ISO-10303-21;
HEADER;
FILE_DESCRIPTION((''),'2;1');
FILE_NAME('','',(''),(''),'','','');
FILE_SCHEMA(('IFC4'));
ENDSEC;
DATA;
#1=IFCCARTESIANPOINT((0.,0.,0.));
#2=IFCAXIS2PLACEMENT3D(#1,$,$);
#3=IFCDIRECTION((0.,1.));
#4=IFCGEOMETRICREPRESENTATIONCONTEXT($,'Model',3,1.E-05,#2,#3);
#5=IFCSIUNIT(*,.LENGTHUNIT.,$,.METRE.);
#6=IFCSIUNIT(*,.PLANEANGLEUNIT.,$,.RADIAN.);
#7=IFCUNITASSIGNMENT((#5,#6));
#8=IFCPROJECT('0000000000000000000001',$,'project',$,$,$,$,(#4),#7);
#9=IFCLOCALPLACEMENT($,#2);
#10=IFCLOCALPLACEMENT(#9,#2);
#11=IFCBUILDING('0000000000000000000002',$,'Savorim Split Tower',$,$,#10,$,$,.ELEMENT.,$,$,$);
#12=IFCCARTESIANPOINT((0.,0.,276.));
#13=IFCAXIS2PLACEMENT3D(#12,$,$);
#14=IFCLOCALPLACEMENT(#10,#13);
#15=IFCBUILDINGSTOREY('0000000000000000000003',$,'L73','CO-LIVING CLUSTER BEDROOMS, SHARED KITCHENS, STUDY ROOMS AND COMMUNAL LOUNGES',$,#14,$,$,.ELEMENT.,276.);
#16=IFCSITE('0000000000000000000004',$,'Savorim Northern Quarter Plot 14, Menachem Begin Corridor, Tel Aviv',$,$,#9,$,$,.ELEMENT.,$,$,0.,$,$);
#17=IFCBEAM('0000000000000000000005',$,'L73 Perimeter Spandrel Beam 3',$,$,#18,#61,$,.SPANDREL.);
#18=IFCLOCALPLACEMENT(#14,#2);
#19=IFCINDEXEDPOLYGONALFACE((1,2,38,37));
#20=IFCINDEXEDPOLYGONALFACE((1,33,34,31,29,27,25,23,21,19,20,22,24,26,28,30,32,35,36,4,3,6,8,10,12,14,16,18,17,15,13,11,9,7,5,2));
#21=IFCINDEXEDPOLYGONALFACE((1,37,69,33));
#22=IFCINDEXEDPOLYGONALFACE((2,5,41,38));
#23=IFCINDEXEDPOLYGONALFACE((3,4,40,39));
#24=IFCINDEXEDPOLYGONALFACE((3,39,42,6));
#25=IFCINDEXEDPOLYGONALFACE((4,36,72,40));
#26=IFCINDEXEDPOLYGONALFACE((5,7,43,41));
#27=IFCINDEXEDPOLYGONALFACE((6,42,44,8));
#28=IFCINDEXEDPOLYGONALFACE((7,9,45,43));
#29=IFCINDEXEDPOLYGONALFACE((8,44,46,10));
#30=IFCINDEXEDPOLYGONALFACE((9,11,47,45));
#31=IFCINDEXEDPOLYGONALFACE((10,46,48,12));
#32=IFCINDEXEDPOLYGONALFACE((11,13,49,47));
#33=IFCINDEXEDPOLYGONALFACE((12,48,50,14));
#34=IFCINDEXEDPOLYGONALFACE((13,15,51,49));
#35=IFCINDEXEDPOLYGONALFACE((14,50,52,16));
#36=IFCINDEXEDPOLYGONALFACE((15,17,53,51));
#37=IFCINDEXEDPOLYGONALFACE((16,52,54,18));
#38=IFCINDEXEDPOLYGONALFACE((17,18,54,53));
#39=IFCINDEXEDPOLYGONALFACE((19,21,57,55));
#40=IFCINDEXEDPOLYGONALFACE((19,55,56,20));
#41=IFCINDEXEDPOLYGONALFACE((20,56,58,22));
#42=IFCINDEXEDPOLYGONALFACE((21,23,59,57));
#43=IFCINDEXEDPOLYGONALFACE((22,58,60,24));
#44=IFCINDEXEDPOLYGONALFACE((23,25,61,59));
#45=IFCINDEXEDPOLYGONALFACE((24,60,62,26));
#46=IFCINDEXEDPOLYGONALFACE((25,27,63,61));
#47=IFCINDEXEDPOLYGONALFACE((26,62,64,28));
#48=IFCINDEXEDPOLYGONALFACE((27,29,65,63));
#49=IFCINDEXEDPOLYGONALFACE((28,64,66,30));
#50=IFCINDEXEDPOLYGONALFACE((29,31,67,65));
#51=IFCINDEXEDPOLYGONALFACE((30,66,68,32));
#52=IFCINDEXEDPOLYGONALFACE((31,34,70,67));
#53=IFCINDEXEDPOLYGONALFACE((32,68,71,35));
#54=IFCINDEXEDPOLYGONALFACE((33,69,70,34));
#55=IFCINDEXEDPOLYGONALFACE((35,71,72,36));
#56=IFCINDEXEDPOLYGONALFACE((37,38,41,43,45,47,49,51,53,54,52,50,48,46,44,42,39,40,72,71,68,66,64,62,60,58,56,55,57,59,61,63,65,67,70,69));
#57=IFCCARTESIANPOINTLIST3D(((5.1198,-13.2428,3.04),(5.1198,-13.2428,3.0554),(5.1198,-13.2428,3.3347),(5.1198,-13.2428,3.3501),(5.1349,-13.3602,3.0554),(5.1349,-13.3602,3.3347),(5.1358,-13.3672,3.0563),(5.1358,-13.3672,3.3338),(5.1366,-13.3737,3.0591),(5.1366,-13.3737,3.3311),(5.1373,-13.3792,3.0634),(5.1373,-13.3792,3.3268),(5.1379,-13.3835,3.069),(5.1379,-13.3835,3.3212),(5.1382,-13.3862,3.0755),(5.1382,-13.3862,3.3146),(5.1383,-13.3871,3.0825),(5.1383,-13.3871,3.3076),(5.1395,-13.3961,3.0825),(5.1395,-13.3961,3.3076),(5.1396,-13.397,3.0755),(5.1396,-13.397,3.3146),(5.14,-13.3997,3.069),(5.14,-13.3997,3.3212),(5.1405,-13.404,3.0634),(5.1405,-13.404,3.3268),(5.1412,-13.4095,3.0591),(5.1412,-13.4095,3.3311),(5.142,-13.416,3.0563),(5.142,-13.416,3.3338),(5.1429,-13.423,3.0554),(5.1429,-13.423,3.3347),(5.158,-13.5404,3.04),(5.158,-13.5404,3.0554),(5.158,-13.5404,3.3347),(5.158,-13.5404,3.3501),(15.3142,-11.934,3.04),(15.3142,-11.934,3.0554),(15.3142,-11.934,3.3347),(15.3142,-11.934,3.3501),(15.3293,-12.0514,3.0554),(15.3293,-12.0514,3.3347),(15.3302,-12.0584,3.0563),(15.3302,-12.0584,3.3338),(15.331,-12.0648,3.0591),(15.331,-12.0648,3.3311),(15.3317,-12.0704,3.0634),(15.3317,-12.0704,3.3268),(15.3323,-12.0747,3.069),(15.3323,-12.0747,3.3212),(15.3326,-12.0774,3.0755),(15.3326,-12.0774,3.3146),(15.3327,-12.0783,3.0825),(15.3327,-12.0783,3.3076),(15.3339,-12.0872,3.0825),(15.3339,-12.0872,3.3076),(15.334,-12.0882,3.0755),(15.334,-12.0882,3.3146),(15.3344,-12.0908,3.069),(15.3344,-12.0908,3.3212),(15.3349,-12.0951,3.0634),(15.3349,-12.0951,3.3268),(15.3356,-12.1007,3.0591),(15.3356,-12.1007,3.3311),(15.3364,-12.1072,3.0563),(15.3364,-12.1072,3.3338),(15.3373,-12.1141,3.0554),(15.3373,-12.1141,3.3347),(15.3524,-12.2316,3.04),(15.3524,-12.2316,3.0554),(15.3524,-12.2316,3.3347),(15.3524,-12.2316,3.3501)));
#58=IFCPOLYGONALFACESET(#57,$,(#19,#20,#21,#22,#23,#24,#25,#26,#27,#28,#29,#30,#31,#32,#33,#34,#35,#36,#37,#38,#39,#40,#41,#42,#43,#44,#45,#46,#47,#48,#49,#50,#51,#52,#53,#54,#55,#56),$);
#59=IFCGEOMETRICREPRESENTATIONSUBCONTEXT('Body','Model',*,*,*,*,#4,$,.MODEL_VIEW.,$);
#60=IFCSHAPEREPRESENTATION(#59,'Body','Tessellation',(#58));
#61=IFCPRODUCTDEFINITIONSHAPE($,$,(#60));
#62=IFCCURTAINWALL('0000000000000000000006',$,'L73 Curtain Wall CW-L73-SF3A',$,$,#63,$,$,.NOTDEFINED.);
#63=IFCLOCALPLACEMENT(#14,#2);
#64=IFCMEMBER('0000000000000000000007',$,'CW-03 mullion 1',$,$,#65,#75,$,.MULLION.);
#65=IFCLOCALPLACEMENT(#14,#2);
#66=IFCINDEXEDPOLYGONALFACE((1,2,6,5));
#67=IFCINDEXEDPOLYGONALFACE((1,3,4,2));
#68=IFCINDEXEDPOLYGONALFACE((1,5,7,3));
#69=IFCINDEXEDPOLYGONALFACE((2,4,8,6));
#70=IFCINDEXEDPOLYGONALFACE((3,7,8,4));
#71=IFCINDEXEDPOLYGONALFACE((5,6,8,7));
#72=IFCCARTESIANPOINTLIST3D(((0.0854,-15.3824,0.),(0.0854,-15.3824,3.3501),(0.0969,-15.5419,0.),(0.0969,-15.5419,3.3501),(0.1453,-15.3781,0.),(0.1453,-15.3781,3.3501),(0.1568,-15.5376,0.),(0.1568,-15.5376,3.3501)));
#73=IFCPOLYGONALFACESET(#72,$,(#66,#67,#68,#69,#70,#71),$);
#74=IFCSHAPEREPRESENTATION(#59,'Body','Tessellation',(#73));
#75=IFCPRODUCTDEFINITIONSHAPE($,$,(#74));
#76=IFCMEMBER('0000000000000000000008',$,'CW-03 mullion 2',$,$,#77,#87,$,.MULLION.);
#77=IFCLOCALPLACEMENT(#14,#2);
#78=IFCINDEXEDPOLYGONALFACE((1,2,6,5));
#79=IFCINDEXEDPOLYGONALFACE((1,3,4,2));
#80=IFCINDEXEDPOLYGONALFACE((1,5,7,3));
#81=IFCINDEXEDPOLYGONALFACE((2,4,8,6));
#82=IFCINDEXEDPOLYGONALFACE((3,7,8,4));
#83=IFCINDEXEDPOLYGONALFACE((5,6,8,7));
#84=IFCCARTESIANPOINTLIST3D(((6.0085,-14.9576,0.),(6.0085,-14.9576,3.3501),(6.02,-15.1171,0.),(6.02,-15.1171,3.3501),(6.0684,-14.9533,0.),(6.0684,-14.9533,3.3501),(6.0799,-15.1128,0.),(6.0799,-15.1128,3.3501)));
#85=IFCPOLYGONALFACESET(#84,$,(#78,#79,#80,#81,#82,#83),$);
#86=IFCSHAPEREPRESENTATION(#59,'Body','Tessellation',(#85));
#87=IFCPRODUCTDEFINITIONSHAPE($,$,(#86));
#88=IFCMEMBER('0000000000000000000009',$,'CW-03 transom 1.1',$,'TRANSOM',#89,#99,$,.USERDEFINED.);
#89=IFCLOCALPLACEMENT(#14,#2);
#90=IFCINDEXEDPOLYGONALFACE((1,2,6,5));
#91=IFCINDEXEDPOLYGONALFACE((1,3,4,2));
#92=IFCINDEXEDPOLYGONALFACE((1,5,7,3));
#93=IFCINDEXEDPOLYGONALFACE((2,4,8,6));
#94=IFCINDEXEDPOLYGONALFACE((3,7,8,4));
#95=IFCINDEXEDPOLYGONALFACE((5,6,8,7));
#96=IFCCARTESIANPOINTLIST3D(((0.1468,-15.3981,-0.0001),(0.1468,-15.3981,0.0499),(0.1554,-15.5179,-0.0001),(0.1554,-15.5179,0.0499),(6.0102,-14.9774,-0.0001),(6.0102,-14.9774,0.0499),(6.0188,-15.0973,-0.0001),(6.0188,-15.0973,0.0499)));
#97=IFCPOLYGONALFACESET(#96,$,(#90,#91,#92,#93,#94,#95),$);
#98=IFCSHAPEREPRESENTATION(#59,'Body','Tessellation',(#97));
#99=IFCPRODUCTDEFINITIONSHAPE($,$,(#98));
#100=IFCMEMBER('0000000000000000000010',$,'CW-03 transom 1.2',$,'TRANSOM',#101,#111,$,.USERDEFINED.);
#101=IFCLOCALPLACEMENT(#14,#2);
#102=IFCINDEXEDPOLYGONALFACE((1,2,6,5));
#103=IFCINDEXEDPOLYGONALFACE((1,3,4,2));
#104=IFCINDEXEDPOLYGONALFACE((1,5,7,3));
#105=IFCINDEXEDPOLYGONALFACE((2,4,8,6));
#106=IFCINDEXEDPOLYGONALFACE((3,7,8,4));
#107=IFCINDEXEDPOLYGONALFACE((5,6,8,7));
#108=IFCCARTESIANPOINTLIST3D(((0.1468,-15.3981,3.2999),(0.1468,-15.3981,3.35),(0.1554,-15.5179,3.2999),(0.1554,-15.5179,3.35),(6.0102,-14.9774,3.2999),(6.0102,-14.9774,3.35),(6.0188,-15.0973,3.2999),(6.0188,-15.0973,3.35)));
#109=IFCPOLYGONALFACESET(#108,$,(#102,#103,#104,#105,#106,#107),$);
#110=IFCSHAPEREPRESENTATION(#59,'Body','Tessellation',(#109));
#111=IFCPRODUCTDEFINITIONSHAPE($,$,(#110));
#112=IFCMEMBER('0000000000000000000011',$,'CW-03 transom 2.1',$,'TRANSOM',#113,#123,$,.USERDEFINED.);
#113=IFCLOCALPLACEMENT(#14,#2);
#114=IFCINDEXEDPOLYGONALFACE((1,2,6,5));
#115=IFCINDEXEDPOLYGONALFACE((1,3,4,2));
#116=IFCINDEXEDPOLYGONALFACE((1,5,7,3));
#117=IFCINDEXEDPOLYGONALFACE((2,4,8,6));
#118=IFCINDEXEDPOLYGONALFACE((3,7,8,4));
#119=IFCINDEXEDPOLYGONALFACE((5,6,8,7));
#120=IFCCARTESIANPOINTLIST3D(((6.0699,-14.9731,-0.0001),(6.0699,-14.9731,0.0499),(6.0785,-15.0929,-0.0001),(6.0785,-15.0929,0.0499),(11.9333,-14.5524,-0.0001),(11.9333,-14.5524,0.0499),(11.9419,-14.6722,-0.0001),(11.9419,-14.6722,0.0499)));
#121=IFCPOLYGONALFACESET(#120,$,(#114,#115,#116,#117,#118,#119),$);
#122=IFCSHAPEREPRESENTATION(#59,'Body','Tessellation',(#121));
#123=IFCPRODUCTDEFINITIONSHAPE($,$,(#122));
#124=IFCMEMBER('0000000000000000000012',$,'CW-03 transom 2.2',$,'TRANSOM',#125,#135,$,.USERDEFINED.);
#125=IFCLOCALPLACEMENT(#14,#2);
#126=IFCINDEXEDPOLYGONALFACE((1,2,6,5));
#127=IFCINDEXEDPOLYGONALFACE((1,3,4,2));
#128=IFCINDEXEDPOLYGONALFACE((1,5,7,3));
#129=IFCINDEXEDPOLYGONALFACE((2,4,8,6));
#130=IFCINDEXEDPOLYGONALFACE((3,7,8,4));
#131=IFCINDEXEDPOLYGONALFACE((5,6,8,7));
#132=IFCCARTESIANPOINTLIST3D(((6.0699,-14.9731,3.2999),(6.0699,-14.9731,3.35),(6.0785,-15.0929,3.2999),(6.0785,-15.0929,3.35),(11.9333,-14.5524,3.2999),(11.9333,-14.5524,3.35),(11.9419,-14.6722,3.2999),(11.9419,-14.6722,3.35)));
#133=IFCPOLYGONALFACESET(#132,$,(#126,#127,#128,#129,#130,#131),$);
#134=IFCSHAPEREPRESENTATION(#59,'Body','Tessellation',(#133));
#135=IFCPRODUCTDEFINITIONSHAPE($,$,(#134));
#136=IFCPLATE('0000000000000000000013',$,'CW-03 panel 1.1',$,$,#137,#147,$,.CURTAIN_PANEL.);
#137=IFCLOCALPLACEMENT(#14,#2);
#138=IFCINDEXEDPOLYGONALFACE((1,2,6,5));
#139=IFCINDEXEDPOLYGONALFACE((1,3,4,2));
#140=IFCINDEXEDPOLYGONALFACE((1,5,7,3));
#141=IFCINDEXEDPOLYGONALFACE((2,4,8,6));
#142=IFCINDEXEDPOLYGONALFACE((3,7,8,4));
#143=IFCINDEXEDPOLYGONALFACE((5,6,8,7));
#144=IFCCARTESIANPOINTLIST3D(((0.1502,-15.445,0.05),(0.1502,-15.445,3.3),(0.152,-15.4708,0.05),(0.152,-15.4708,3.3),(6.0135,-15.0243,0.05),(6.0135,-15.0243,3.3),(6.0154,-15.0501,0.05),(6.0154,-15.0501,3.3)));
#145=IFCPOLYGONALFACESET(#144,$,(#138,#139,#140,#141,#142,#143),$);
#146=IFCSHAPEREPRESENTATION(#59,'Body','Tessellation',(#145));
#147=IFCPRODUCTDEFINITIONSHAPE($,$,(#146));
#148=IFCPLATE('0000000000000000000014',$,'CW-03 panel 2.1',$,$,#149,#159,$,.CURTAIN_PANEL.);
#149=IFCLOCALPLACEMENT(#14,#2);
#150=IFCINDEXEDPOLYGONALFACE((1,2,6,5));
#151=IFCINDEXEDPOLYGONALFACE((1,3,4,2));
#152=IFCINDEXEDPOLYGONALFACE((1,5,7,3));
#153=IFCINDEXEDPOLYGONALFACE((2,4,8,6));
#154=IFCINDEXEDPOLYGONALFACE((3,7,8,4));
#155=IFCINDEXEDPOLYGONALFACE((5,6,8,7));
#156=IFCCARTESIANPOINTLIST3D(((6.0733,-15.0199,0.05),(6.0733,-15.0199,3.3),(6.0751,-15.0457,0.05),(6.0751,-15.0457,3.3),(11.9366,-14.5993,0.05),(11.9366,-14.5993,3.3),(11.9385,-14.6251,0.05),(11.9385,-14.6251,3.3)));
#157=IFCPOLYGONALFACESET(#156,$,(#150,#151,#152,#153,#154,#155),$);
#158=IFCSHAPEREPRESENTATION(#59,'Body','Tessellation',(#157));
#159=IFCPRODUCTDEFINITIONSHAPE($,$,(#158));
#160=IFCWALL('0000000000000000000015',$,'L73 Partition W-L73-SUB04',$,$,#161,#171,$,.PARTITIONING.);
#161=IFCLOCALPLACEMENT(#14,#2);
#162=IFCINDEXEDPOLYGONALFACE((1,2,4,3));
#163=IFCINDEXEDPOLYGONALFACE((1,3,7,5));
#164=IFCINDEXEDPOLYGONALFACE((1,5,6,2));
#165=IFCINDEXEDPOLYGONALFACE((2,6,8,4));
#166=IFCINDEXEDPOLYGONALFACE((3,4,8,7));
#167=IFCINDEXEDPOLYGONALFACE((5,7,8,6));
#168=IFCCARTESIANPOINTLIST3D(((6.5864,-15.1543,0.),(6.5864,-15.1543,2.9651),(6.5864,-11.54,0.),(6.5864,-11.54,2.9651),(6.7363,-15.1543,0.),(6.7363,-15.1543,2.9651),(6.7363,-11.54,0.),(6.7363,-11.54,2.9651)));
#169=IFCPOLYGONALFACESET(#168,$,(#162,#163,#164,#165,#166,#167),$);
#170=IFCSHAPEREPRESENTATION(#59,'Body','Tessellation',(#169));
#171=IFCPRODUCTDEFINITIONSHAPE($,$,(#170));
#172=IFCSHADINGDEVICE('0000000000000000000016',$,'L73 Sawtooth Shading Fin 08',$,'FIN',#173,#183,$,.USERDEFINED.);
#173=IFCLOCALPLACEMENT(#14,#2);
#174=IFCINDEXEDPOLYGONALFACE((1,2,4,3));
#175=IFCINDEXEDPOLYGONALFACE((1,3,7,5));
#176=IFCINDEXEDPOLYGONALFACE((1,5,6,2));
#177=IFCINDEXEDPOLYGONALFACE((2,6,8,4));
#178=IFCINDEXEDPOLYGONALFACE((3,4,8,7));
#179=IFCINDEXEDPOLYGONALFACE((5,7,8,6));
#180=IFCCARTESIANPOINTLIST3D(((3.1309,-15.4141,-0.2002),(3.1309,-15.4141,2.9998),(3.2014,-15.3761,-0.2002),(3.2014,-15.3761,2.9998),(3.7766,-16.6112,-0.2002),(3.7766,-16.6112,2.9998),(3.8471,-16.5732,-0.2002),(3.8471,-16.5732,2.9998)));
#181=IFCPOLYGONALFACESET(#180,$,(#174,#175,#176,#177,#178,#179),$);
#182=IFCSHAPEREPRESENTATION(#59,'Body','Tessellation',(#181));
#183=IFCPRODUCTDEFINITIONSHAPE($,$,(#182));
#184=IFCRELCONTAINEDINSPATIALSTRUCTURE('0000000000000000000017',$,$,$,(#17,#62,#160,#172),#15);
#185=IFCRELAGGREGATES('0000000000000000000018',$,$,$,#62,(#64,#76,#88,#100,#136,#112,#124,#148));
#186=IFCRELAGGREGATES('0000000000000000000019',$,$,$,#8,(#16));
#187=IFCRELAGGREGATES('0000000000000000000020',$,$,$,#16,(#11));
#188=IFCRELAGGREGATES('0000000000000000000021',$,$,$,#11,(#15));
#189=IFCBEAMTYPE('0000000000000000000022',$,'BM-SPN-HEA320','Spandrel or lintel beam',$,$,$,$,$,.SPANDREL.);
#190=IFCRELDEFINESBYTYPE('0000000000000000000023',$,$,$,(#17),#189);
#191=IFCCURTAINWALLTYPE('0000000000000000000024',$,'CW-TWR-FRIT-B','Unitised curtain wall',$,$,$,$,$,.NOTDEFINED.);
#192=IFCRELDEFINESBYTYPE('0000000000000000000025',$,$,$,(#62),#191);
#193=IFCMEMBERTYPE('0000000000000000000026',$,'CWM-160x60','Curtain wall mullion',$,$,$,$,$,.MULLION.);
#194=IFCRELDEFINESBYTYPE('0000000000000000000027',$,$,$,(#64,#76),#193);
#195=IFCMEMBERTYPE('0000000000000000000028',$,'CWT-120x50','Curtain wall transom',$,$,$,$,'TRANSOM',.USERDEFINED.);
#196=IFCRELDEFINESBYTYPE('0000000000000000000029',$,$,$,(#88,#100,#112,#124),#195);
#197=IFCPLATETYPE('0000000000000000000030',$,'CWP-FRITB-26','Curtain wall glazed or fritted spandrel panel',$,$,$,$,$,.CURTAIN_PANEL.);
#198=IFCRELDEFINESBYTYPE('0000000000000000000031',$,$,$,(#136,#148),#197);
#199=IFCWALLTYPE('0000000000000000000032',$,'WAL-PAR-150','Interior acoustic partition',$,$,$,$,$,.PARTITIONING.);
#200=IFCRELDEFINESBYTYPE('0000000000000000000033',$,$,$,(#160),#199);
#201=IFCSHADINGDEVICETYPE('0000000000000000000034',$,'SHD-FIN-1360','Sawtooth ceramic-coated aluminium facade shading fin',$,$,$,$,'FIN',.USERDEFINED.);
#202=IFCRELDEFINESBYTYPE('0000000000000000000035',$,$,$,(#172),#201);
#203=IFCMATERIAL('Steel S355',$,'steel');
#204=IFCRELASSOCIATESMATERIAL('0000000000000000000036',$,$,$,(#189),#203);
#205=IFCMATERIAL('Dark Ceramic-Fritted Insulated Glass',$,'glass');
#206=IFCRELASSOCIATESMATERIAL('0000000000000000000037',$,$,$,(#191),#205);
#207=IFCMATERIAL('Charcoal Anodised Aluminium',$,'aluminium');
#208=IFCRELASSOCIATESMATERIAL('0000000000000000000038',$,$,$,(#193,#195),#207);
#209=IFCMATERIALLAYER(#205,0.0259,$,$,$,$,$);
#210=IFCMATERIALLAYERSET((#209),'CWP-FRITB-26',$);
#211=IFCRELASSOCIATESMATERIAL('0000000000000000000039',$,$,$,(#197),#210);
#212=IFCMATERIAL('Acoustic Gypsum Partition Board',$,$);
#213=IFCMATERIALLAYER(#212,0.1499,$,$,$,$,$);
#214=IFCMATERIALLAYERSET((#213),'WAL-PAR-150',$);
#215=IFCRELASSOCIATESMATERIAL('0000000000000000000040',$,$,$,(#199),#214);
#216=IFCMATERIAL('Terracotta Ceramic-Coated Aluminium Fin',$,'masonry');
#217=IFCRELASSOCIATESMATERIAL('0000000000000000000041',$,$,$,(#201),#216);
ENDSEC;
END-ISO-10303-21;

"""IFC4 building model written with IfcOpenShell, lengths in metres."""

from ifc_helpers import new_model, si_unit, direction, frame, frame_2d, origin, origin_2d, place, context, subcontext, project, spatial, rectangle, i_section, extrude, material, layer, layer_set, material_profile, profile_set, type_object, element, aggregate, save


model = new_model("IFC4")

# Units and contexts
model_context = context("Model", 3, precision=1e-05, world=origin(), true_north=direction((0.0, 1.0)))
body_context = subcontext(model_context, "Body", "Model", "MODEL_VIEW")
ifc_project = project(units=[si_unit("LENGTHUNIT", "METRE"), si_unit("PLANEANGLEUNIT", "RADIAN")], contexts=[model_context])

# Site, building, storey
site_placement = place(None, origin())
site = spatial("IfcSite", under=ifc_project, at=site_placement, Name="Savorim Northern Quarter Plot 14, Menachem Begin Corridor, Tel Aviv", CompositionType="ELEMENT", RefElevation=0.0)
building_placement = place(site_placement, origin())
building = spatial("IfcBuilding", under=site, at=building_placement, Name="Savorim Split Tower", CompositionType="ELEMENT")
storey_placement = place(building_placement, frame((0.0, 0.0, 276.0)))
storey = spatial("IfcBuildingStorey", under=building, at=storey_placement, Name="L73", Description="CO-LIVING CLUSTER BEDROOMS, SHARED KITCHENS, STUDY ROOMS AND COMMUNAL LOUNGES", CompositionType="ELEMENT", Elevation=276.0)

# Shared definitions
ifc_material_1 = material(Name="Steel S355", Category="steel")

# Beam
ifc_material_profile_1 = material_profile(ifc_material_1, i_section(OverallWidth=0.3, OverallDepth=0.3101, WebThickness=0.009, FlangeThickness=0.0154, FilletRadius=0.0271, at=origin_2d()), Name="HEA 320")
ifc_profile_set_1 = profile_set([ifc_material_profile_1], Name="Steel S355")
beam_type_1 = type_object("IfcBeamType", Name="BM-SPN-HEA320", Description="Spandrel or lintel beam", PredefinedType="SPANDREL", material=ifc_profile_set_1)
beam_1_placement = place(storey_placement, frame((5.1389, -13.3916, 3.1951), z_axis=(0.991859, 0.127343, 0.0), x_axis=(-0.127343, 0.991859, 0.0)))
element("IfcBeam", 1, at=beam_1_placement, inside=storey, type_object=beam_type_1, Name="L73 Perimeter Spandrel Beam 3", PredefinedType="SPANDREL", context=body_context, shape_type="SweptSolid", body=[
    extrude(i_section(OverallWidth=0.3, OverallDepth=0.3101, WebThickness=0.009, FlangeThickness=0.0154, FilletRadius=0.0271, at=origin_2d()), origin(), (0.0, 0.0, 1.0), 10.2781),
])

# Curtain wall, members, plates
ifc_material_2 = material(Name="Dark Ceramic-Fritted Insulated Glass", Category="glass")
curtain_wall_type = type_object("IfcCurtainWallType", Name="CW-TWR-FRIT-B", Description="Unitised curtain wall", PredefinedType="NOTDEFINED", material=ifc_material_2)
curtain_wall_placement = place(storey_placement, origin())
curtain_wall = element("IfcCurtainWall", 2, at=curtain_wall_placement, inside=storey, type_object=curtain_wall_type, Name="L73 Curtain Wall CW-L73-SF3A", PredefinedType="NOTDEFINED")
ifc_material_3 = material(Name="Charcoal Anodised Aluminium", Category="aluminium")
ifc_material_profile_2 = material_profile(ifc_material_3, rectangle(XDim=0.1599, YDim=0.0601, at=origin_2d()), Name="ALU-M 160x60")
ifc_profile_set_2 = profile_set([ifc_material_profile_2], Name="Charcoal Anodised Aluminium")
member_type_1 = type_object("IfcMemberType", Name="CWM-160x60", Description="Curtain wall mullion", PredefinedType="MULLION", material=ifc_profile_set_2)
member_1_placement = place(storey_placement, frame((0.1211, -15.46, 0.0), z_axis=(0.0, 0.0, 1.0), x_axis=(-0.07156, 0.997436, 0.0)))
member_1 = element("IfcMember", 3, at=member_1_placement, type_object=member_type_1, Name="CW-03 mullion 1", PredefinedType="MULLION", context=body_context, shape_type="SweptSolid", body=[
    extrude(rectangle(XDim=0.1599, YDim=0.0601, at=origin_2d()), origin(), (0.0, 0.0, 1.0), 3.3501),
])
member_2_placement = place(storey_placement, frame((6.0442, -15.0352, 0.0), z_axis=(0.0, 0.0, 1.0), x_axis=(-0.07156, 0.997436, 0.0)))
member_2 = element("IfcMember", 4, at=member_2_placement, type_object=member_type_1, Name="CW-03 mullion 2", PredefinedType="MULLION", context=body_context, shape_type="SweptSolid", body=[
    extrude(rectangle(XDim=0.1599, YDim=0.0601, at=origin_2d()), origin(), (0.0, 0.0, 1.0), 3.3501),
])
ifc_material_profile_3 = material_profile(ifc_material_3, rectangle(XDim=0.1201, YDim=0.05, at=origin_2d()), Name="ALU-T 120x50")
ifc_profile_set_3 = profile_set([ifc_material_profile_3], Name="Charcoal Anodised Aluminium")
member_type_2 = type_object("IfcMemberType", Name="CWT-120x50", Description="Curtain wall transom", ElementType="TRANSOM", PredefinedType="USERDEFINED", material=ifc_profile_set_3)
member_3_placement = place(storey_placement, frame((0.1511, -15.458, 0.0249), z_axis=(0.997436, 0.07156, 0.0), x_axis=(-0.07156, 0.997436, 0.0)))
member_3 = element("IfcMember", 5, at=member_3_placement, type_object=member_type_2, Name="CW-03 transom 1.1", ObjectType="TRANSOM", PredefinedType="USERDEFINED", context=body_context, shape_type="SweptSolid", body=[
    extrude(rectangle(XDim=0.1201, YDim=0.05, at=origin_2d()), origin(), (0.0, 0.0, 1.0), 5.8784),
])
member_4_placement = place(storey_placement, frame((0.1511, -15.458, 3.325), z_axis=(0.997436, 0.07156, 0.0), x_axis=(-0.07156, 0.997436, 0.0)))
member_4 = element("IfcMember", 6, at=member_4_placement, type_object=member_type_2, Name="CW-03 transom 1.2", ObjectType="TRANSOM", PredefinedType="USERDEFINED", context=body_context, shape_type="SweptSolid", body=[
    extrude(rectangle(XDim=0.1201, YDim=0.05, at=origin_2d()), origin(), (0.0, 0.0, 1.0), 5.8784),
])
member_5_placement = place(storey_placement, frame((6.0742, -15.033, 0.0249), z_axis=(0.997436, 0.07156, 0.0), x_axis=(-0.07156, 0.997436, 0.0)))
member_5 = element("IfcMember", 7, at=member_5_placement, type_object=member_type_2, Name="CW-03 transom 2.1", ObjectType="TRANSOM", PredefinedType="USERDEFINED", context=body_context, shape_type="SweptSolid", body=[
    extrude(rectangle(XDim=0.1201, YDim=0.05, at=origin_2d()), origin(), (0.0, 0.0, 1.0), 5.8784),
])
member_6_placement = place(storey_placement, frame((6.0742, -15.033, 3.325), z_axis=(0.997436, 0.07156, 0.0), x_axis=(-0.07156, 0.997436, 0.0)))
member_6 = element("IfcMember", 8, at=member_6_placement, type_object=member_type_2, Name="CW-03 transom 2.2", ObjectType="TRANSOM", PredefinedType="USERDEFINED", context=body_context, shape_type="SweptSolid", body=[
    extrude(rectangle(XDim=0.1201, YDim=0.05, at=origin_2d()), origin(), (0.0, 0.0, 1.0), 5.8784),
])
ifc_layer_1 = layer(ifc_material_2, 0.0259)
ifc_layer_set_1 = layer_set([ifc_layer_1], Name="CWP-FRITB-26")
plate_type = type_object("IfcPlateType", Name="CWP-FRITB-26", Description="Curtain wall glazed or fritted spandrel panel", PredefinedType="CURTAIN_PANEL", material=ifc_layer_set_1)
plate_1_placement = place(storey_placement, frame((3.0828, -15.2476, 0.05), z_axis=(0.0, 0.0, 1.0), x_axis=(0.997436, 0.07156, 0.0)))
plate_1 = element("IfcPlate", 9, at=plate_1_placement, type_object=plate_type, Name="CW-03 panel 1.1", PredefinedType="CURTAIN_PANEL", context=body_context, shape_type="SweptSolid", body=[
    extrude(rectangle(XDim=5.8784, YDim=0.0259, at=origin_2d()), origin(), (0.0, 0.0, 1.0), 3.25),
])
plate_2_placement = place(storey_placement, frame((9.0059, -14.8225, 0.05), z_axis=(0.0, 0.0, 1.0), x_axis=(0.997436, 0.07156, 0.0)))
plate_2 = element("IfcPlate", 10, at=plate_2_placement, type_object=plate_type, Name="CW-03 panel 2.1", PredefinedType="CURTAIN_PANEL", context=body_context, shape_type="SweptSolid", body=[
    extrude(rectangle(XDim=5.8784, YDim=0.0259, at=origin_2d()), origin(), (0.0, 0.0, 1.0), 3.25),
])
aggregate(curtain_wall, [member_1, member_2, member_3, member_4, plate_1, member_5, member_6, plate_2])

# Wall
ifc_material_4 = material(Name="Acoustic Gypsum Partition Board")
ifc_layer_2 = layer(ifc_material_4, 0.1499)
ifc_layer_set_2 = layer_set([ifc_layer_2], Name="WAL-PAR-150")
wall_type = type_object("IfcWallType", Name="WAL-PAR-150", Description="Interior acoustic partition", PredefinedType="PARTITIONING", material=ifc_layer_set_2)
wall_placement = place(storey_placement, frame((6.6614, -11.54, 0.0), z_axis=(0.0, 0.0, 1.0), x_axis=(0.0, -1.0, 0.0)))
element("IfcWall", 11, at=wall_placement, inside=storey, type_object=wall_type, Name="L73 Partition W-L73-SUB04", PredefinedType="PARTITIONING", context=body_context, shape_type="SweptSolid", body=[
    extrude(rectangle(XDim=3.6143, YDim=0.1499, at=frame_2d((1.8071, 0.0))), origin(), (0.0, 0.0, 1.0), 2.9651),
])

# Shading device
ifc_material_5 = material(Name="Terracotta Ceramic-Coated Aluminium Fin", Category="masonry")
shading_device_type = type_object("IfcShadingDeviceType", Name="SHD-FIN-1360", Description="Sawtooth ceramic-coated aluminium facade shading fin", ElementType="FIN", PredefinedType="USERDEFINED", material=ifc_material_5)
for number, where, z_axis, x_axis, name in (
    (12, (3.489, -15.9937, -0.2002), (0.0, 0.0, 1.0), (0.474778, -0.880106, 0.0), "L73 Sawtooth Shading Fin 08"),
):
    element("IfcShadingDevice", number, at=place(storey_placement, frame(where, z_axis=z_axis, x_axis=x_axis)), inside=storey, type_object=shading_device_type, Name=name, ObjectType="FIN", PredefinedType="USERDEFINED", context=body_context, shape_type="SweptSolid", body=[
        extrude(rectangle(XDim=1.3601, YDim=0.0801, at=origin_2d()), origin(), (0.0, 0.0, 1.0), 3.2),
    ])

save(model, "model.ifc")
